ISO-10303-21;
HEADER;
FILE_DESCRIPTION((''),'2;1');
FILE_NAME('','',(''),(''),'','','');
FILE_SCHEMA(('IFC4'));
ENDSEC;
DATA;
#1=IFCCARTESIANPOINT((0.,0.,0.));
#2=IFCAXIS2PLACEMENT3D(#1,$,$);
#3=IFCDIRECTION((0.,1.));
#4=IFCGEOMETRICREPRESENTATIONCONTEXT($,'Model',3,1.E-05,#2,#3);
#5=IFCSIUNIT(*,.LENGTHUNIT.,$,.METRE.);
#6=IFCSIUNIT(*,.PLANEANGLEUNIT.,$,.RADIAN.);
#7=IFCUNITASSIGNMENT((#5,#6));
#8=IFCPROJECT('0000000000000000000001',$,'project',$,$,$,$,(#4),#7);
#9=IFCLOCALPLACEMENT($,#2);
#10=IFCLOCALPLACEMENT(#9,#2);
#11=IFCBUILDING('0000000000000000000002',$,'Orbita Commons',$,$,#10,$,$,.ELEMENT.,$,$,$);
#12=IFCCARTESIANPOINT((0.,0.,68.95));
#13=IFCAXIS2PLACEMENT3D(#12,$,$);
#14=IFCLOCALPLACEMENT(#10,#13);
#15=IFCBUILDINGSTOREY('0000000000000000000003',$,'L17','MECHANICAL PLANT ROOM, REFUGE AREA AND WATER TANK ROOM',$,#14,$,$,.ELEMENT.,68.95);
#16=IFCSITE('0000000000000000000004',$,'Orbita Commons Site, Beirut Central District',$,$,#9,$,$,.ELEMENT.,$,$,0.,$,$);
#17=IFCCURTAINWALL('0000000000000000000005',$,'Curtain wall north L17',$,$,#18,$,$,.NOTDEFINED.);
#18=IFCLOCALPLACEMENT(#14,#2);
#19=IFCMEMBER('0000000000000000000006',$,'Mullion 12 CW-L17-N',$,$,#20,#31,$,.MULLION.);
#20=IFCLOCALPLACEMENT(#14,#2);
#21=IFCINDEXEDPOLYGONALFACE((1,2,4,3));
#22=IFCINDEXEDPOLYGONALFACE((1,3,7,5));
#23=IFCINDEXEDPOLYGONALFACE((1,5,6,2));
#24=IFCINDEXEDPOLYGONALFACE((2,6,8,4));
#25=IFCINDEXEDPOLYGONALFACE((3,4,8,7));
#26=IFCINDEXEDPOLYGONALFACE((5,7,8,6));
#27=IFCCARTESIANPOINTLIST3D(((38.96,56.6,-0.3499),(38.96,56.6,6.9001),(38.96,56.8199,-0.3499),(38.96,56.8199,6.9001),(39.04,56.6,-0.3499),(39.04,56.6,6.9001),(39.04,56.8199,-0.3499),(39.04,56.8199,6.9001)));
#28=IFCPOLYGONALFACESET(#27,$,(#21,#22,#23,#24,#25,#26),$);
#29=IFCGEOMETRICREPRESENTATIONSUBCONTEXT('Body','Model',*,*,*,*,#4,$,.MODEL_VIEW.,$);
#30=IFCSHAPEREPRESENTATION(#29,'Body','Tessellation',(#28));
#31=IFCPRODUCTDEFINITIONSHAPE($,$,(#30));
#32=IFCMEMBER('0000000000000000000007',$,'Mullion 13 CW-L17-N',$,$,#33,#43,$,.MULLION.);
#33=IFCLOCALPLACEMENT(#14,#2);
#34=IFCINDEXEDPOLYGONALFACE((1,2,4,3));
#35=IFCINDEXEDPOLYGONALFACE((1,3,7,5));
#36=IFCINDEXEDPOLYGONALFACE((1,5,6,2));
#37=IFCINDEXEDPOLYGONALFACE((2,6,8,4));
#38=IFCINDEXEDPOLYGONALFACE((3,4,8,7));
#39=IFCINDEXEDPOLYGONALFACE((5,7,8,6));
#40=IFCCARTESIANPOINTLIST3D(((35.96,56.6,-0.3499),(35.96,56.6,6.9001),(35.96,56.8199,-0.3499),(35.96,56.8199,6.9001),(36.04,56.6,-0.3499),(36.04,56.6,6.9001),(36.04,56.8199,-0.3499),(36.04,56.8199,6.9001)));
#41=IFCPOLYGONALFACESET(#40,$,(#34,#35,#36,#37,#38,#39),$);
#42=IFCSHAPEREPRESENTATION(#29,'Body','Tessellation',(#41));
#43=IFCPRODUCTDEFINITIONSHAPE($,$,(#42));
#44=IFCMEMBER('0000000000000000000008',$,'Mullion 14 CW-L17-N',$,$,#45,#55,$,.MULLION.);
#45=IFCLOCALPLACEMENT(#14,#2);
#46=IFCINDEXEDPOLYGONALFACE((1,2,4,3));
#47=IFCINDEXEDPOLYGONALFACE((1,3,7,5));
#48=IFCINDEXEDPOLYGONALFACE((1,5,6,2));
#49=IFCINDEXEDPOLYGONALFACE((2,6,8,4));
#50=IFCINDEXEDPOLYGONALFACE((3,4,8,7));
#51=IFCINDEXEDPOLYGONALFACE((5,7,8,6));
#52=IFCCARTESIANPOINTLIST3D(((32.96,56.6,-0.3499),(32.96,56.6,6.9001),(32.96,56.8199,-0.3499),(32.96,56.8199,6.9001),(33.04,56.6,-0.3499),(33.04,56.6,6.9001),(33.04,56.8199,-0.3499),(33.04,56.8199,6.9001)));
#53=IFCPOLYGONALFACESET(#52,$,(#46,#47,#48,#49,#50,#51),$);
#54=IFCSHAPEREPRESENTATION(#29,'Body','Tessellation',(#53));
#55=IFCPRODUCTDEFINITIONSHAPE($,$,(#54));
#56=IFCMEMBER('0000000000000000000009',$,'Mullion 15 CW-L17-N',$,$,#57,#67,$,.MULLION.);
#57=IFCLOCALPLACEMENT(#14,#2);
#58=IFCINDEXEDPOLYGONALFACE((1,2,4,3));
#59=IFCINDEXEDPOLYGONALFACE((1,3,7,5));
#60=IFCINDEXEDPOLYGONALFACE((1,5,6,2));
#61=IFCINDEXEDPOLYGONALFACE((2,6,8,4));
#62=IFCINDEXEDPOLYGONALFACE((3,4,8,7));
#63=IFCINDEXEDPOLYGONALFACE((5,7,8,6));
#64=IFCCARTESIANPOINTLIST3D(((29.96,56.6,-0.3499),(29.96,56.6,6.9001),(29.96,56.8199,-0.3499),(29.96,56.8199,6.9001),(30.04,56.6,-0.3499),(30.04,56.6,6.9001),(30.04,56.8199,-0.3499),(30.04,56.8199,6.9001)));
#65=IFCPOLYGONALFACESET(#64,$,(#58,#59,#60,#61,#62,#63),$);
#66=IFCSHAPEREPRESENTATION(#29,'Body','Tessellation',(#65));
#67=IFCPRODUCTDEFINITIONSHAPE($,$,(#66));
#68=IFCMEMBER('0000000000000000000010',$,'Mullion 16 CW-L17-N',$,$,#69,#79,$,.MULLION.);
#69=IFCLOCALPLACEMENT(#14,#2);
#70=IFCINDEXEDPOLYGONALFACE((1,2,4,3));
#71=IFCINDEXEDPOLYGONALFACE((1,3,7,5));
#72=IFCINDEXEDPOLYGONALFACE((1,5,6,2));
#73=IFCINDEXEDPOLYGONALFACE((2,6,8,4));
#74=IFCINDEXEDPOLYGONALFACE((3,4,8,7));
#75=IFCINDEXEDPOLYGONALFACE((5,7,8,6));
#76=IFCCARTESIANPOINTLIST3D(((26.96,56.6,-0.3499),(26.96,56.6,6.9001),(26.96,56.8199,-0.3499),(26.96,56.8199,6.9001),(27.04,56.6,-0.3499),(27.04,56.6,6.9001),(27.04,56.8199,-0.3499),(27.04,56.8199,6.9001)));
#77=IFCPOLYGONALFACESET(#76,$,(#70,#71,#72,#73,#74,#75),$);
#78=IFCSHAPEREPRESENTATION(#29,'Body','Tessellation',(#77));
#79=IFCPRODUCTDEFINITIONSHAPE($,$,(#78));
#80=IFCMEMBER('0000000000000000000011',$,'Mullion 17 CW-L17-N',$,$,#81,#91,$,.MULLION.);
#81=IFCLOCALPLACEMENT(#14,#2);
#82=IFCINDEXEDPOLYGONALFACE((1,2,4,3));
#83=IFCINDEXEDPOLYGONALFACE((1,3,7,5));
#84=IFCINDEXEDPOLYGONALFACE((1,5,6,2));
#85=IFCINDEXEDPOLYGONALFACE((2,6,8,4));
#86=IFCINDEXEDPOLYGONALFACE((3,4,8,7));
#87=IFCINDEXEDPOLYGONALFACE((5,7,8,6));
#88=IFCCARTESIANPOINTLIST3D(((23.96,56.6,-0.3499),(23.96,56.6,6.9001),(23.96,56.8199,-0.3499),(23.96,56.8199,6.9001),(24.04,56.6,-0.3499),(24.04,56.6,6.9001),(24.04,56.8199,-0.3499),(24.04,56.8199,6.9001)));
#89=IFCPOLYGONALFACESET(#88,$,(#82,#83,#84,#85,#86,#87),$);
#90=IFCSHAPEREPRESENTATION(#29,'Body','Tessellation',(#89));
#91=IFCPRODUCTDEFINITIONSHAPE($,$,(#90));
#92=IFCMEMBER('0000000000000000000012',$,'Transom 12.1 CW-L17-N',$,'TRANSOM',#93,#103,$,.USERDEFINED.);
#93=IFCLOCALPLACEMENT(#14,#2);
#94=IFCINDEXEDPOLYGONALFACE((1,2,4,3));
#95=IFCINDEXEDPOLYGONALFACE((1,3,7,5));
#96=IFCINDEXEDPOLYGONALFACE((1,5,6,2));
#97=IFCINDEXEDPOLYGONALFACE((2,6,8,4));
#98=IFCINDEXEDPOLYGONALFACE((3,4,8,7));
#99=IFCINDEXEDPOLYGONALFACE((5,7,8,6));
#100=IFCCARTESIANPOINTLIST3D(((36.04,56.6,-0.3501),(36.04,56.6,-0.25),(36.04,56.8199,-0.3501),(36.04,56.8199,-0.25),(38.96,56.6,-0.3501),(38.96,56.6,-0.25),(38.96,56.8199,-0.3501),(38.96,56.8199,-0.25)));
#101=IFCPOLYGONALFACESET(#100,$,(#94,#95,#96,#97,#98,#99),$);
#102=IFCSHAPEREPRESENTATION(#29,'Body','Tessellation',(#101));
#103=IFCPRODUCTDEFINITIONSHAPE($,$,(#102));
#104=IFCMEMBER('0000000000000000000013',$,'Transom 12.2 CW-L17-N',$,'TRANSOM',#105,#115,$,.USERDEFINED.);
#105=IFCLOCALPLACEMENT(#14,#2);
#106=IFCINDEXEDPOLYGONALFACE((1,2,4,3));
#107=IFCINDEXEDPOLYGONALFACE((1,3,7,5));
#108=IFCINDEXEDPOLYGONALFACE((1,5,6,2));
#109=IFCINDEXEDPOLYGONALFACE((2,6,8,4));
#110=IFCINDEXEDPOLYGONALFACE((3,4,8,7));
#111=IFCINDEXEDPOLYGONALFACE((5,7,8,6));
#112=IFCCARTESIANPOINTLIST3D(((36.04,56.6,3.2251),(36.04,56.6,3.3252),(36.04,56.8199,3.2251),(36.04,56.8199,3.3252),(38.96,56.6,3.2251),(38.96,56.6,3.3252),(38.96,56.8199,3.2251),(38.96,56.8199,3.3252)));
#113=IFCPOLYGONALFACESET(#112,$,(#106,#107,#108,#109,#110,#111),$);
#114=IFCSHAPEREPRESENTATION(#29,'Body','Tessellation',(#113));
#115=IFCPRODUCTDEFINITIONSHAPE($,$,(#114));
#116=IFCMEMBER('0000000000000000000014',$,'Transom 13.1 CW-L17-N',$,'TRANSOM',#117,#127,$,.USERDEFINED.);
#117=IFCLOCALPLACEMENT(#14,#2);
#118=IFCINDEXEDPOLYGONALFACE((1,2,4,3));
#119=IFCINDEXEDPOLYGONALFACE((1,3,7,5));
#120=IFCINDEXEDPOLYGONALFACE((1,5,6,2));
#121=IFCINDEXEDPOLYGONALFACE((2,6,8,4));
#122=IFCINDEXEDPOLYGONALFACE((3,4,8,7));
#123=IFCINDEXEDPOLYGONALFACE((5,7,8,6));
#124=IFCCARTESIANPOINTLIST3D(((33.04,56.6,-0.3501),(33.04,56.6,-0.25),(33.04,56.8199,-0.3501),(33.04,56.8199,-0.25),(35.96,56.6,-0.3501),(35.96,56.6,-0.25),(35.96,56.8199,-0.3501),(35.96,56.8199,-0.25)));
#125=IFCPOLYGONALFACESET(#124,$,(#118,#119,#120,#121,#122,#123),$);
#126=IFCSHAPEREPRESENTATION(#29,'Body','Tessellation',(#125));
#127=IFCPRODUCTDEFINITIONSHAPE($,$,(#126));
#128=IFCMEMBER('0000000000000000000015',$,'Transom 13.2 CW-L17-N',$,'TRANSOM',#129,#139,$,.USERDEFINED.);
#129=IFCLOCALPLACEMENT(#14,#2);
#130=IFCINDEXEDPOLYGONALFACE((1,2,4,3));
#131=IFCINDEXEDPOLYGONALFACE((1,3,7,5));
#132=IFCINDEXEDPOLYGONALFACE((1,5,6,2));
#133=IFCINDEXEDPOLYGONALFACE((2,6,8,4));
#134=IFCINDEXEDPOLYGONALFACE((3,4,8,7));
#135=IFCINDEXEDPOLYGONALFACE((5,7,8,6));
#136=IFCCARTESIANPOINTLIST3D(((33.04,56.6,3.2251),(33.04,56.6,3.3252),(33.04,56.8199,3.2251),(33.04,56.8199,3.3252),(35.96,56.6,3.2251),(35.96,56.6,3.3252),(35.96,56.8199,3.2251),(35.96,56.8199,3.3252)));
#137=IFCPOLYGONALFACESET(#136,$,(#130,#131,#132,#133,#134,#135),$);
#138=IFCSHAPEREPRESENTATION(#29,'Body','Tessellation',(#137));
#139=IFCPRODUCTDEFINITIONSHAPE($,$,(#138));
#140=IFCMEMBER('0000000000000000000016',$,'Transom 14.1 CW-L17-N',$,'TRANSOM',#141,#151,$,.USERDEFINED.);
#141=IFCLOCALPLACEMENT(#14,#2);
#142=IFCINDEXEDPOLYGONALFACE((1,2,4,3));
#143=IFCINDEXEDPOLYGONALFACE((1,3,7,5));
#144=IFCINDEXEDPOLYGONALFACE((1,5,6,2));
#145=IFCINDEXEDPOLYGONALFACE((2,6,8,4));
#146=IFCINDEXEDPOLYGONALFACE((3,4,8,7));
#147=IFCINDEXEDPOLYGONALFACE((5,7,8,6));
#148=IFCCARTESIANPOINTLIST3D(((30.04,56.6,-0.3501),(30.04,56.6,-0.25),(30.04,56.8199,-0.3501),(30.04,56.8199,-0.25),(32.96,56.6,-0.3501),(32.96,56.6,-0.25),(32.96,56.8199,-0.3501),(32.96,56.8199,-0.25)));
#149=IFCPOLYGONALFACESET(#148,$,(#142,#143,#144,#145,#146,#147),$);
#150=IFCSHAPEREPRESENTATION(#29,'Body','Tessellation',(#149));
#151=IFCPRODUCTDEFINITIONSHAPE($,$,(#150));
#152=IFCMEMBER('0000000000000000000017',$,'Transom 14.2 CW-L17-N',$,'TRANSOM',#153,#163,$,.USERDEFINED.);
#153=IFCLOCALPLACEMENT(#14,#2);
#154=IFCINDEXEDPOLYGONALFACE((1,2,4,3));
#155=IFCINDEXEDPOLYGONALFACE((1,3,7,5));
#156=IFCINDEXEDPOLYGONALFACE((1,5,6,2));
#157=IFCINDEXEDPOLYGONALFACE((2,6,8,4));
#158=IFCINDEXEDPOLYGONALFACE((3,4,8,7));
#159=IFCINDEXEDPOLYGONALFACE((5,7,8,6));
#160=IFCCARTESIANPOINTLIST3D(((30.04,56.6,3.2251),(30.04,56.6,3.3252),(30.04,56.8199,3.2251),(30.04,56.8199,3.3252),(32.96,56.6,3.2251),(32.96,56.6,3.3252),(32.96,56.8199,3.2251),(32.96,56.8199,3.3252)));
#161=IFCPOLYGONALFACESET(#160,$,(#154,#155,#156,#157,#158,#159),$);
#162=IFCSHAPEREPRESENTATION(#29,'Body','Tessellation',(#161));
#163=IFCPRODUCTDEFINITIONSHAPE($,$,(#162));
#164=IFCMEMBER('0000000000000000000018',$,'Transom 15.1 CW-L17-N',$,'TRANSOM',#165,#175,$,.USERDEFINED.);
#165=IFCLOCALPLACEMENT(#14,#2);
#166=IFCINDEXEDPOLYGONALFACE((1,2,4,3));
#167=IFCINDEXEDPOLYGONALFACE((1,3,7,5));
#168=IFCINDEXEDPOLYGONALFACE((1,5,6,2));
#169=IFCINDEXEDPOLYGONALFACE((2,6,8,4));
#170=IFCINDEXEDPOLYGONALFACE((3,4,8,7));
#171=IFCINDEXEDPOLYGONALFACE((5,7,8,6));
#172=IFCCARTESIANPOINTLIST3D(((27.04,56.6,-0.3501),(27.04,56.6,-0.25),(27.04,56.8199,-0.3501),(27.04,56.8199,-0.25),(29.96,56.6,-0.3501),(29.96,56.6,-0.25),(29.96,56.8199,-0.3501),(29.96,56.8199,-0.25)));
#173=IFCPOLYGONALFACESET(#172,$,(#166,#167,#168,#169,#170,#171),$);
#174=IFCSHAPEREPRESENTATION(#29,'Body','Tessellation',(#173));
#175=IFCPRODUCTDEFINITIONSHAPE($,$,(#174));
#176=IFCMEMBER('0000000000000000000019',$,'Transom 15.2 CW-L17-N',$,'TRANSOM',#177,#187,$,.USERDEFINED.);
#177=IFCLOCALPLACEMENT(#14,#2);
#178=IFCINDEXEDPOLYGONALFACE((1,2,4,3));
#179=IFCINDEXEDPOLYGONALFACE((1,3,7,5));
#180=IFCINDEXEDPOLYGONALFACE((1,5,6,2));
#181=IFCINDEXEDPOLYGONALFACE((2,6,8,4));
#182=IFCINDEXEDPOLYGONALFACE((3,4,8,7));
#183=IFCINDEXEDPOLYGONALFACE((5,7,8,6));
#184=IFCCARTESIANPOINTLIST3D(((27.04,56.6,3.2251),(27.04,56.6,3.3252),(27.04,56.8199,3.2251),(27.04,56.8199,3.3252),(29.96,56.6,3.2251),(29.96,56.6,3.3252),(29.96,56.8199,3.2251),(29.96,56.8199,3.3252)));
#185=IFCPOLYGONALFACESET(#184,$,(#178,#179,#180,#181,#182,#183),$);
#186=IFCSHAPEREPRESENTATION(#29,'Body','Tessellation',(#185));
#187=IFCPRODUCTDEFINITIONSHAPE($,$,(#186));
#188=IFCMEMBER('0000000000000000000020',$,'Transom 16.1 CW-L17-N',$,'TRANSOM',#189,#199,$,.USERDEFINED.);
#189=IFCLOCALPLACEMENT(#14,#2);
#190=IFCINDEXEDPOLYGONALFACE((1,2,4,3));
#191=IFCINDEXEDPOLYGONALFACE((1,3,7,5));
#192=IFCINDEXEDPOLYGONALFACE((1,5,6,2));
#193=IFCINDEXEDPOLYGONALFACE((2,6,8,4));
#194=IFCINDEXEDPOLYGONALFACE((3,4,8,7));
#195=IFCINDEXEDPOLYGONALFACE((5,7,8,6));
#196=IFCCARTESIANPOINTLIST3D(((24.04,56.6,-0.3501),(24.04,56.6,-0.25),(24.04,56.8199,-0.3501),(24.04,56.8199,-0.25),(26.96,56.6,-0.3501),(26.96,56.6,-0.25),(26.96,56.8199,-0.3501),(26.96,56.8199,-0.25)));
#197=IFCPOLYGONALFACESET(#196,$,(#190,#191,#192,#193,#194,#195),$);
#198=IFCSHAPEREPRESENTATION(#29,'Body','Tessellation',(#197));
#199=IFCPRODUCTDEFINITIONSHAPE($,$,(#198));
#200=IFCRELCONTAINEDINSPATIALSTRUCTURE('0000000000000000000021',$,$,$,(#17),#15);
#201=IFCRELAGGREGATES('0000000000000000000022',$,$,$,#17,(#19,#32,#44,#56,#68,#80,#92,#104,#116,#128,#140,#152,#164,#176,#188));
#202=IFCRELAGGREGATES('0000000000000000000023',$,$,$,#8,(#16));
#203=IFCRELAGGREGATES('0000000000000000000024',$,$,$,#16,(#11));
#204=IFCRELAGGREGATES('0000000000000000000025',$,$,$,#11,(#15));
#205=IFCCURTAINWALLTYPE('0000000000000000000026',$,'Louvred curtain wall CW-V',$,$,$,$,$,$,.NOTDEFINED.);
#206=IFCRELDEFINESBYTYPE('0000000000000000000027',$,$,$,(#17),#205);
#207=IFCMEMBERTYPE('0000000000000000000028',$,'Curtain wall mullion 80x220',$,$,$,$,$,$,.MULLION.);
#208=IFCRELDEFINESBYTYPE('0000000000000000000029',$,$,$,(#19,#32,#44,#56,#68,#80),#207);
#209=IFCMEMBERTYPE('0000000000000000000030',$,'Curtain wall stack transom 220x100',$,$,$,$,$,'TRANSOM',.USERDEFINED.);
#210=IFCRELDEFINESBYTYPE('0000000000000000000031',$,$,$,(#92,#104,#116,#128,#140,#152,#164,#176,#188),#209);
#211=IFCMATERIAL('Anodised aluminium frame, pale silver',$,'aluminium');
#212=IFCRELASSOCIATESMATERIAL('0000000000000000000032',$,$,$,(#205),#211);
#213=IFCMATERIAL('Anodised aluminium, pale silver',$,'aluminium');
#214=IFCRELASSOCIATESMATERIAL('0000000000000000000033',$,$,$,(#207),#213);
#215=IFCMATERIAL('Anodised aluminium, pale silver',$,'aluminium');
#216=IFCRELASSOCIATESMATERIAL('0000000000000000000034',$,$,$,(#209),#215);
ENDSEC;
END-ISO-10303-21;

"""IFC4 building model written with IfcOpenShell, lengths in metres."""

from ifc_helpers import new_model, si_unit, direction, frame, origin, origin_2d, place, context, subcontext, project, spatial, rectangle, extrude, material, material_profile, profile_set, type_object, element, aggregate, save


model = new_model("IFC4")

# Units and contexts
model_context = context("Model", 3, precision=1e-05, world=origin(), true_north=direction((0.0, 1.0)))
body_context = subcontext(model_context, "Body", "Model", "MODEL_VIEW")
ifc_project = project(units=[si_unit("LENGTHUNIT", "METRE"), si_unit("PLANEANGLEUNIT", "RADIAN")], contexts=[model_context])

# Site, building, storey
site_placement = place(None, origin())
site = spatial("IfcSite", under=ifc_project, at=site_placement, Name="Orbita Commons Site, Beirut Central District", CompositionType="ELEMENT", RefElevation=0.0)
building_placement = place(site_placement, origin())
building = spatial("IfcBuilding", under=site, at=building_placement, Name="Orbita Commons", CompositionType="ELEMENT")
storey_placement = place(building_placement, frame((0.0, 0.0, 68.95)))
storey = spatial("IfcBuildingStorey", under=building, at=storey_placement, Name="L17", Description="MECHANICAL PLANT ROOM, REFUGE AREA AND WATER TANK ROOM", CompositionType="ELEMENT", Elevation=68.95)

# Curtain wall, members
ifc_material_1 = material(Name="Anodised aluminium frame, pale silver", Category="aluminium")
curtain_wall_type = type_object("IfcCurtainWallType", Name="Louvred curtain wall CW-V", PredefinedType="NOTDEFINED", material=ifc_material_1)
curtain_wall_placement = place(storey_placement, origin())
curtain_wall = element("IfcCurtainWall", 1, at=curtain_wall_placement, inside=storey, type_object=curtain_wall_type, Name="Curtain wall north L17", PredefinedType="NOTDEFINED")
ifc_material_2 = material(Name="Anodised aluminium, pale silver", Category="aluminium")
ifc_material_profile_1 = material_profile(ifc_material_2, rectangle(XDim=0.0801, YDim=0.22, at=origin_2d()), Name="AL 80x220")
ifc_profile_set_1 = profile_set([ifc_material_profile_1], Name="Anodised aluminium, pale silver")
member_type_1 = type_object("IfcMemberType", Name="Curtain wall mullion 80x220", PredefinedType="MULLION", material=ifc_profile_set_1)
member_1_placement = place(storey_placement, frame((39.0, 56.71, -0.3499), z_axis=(0.0, 0.0, 1.0), x_axis=(-1.0, 0.0, 0.0)))
member_1 = element("IfcMember", 2, at=member_1_placement, type_object=member_type_1, Name="Mullion 12 CW-L17-N", PredefinedType="MULLION", context=body_context, shape_type="SweptSolid", body=[
    extrude(rectangle(XDim=0.0801, YDim=0.22, at=origin_2d()), origin(), (0.0, 0.0, 1.0), 7.25),
])
member_2_placement = place(storey_placement, frame((36.0, 56.71, -0.3499), z_axis=(0.0, 0.0, 1.0), x_axis=(-1.0, 0.0, 0.0)))
member_2 = element("IfcMember", 3, at=member_2_placement, type_object=member_type_1, Name="Mullion 13 CW-L17-N", PredefinedType="MULLION", context=body_context, shape_type="SweptSolid", body=[
    extrude(rectangle(XDim=0.0801, YDim=0.22, at=origin_2d()), origin(), (0.0, 0.0, 1.0), 7.25),
])
member_3_placement = place(storey_placement, frame((33.0, 56.71, -0.3499), z_axis=(0.0, 0.0, 1.0), x_axis=(-1.0, 0.0, 0.0)))
member_3 = element("IfcMember", 4, at=member_3_placement, type_object=member_type_1, Name="Mullion 14 CW-L17-N", PredefinedType="MULLION", context=body_context, shape_type="SweptSolid", body=[
    extrude(rectangle(XDim=0.0801, YDim=0.22, at=origin_2d()), origin(), (0.0, 0.0, 1.0), 7.25),
])
member_4_placement = place(storey_placement, frame((30.0, 56.71, -0.3499), z_axis=(0.0, 0.0, 1.0), x_axis=(-1.0, 0.0, 0.0)))
member_4 = element("IfcMember", 5, at=member_4_placement, type_object=member_type_1, Name="Mullion 15 CW-L17-N", PredefinedType="MULLION", context=body_context, shape_type="SweptSolid", body=[
    extrude(rectangle(XDim=0.0801, YDim=0.22, at=origin_2d()), origin(), (0.0, 0.0, 1.0), 7.25),
])
member_5_placement = place(storey_placement, frame((27.0, 56.71, -0.3499), z_axis=(0.0, 0.0, 1.0), x_axis=(-1.0, 0.0, 0.0)))
member_5 = element("IfcMember", 6, at=member_5_placement, type_object=member_type_1, Name="Mullion 16 CW-L17-N", PredefinedType="MULLION", context=body_context, shape_type="SweptSolid", body=[
    extrude(rectangle(XDim=0.0801, YDim=0.22, at=origin_2d()), origin(), (0.0, 0.0, 1.0), 7.25),
])
member_6_placement = place(storey_placement, frame((24.0, 56.71, -0.3499), z_axis=(0.0, 0.0, 1.0), x_axis=(-1.0, 0.0, 0.0)))
member_6 = element("IfcMember", 7, at=member_6_placement, type_object=member_type_1, Name="Mullion 17 CW-L17-N", PredefinedType="MULLION", context=body_context, shape_type="SweptSolid", body=[
    extrude(rectangle(XDim=0.0801, YDim=0.22, at=origin_2d()), origin(), (0.0, 0.0, 1.0), 7.25),
])
ifc_material_3 = material(Name="Anodised aluminium, pale silver", Category="aluminium")
ifc_material_profile_2 = material_profile(ifc_material_3, rectangle(XDim=0.22, YDim=0.1001, at=origin_2d()), Name="AL 220x100")
ifc_profile_set_2 = profile_set([ifc_material_profile_2], Name="Anodised aluminium, pale silver")
member_type_2 = type_object("IfcMemberType", Name="Curtain wall stack transom 220x100", ElementType="TRANSOM", PredefinedType="USERDEFINED", material=ifc_profile_set_2)
member_7_placement = place(storey_placement, frame((38.96, 56.71, -0.3), z_axis=(-1.0, 0.0, 0.0), x_axis=(0.0, -1.0, 0.0)))
member_7 = element("IfcMember", 8, at=member_7_placement, type_object=member_type_2, Name="Transom 12.1 CW-L17-N", ObjectType="TRANSOM", PredefinedType="USERDEFINED", context=body_context, shape_type="SweptSolid", body=[
    extrude(rectangle(XDim=0.22, YDim=0.1001, at=origin_2d()), origin(), (0.0, 0.0, 1.0), 2.9199),
])
member_8_placement = place(storey_placement, frame((38.96, 56.71, 3.2751), z_axis=(-1.0, 0.0, 0.0), x_axis=(0.0, -1.0, 0.0)))
member_8 = element("IfcMember", 9, at=member_8_placement, type_object=member_type_2, Name="Transom 12.2 CW-L17-N", ObjectType="TRANSOM", PredefinedType="USERDEFINED", context=body_context, shape_type="SweptSolid", body=[
    extrude(rectangle(XDim=0.22, YDim=0.1001, at=origin_2d()), origin(), (0.0, 0.0, 1.0), 2.9199),
])
member_9_placement = place(storey_placement, frame((35.96, 56.71, -0.3), z_axis=(-1.0, 0.0, 0.0), x_axis=(0.0, -1.0, 0.0)))
member_9 = element("IfcMember", 10, at=member_9_placement, type_object=member_type_2, Name="Transom 13.1 CW-L17-N", ObjectType="TRANSOM", PredefinedType="USERDEFINED", context=body_context, shape_type="SweptSolid", body=[
    extrude(rectangle(XDim=0.22, YDim=0.1001, at=origin_2d()), origin(), (0.0, 0.0, 1.0), 2.9199),
])
member_10_placement = place(storey_placement, frame((35.96, 56.71, 3.2751), z_axis=(-1.0, 0.0, 0.0), x_axis=(0.0, -1.0, 0.0)))
member_10 = element("IfcMember", 11, at=member_10_placement, type_object=member_type_2, Name="Transom 13.2 CW-L17-N", ObjectType="TRANSOM", PredefinedType="USERDEFINED", context=body_context, shape_type="SweptSolid", body=[
    extrude(rectangle(XDim=0.22, YDim=0.1001, at=origin_2d()), origin(), (0.0, 0.0, 1.0), 2.9199),
])
member_11_placement = place(storey_placement, frame((32.96, 56.71, -0.3), z_axis=(-1.0, 0.0, 0.0), x_axis=(0.0, -1.0, 0.0)))
member_11 = element("IfcMember", 12, at=member_11_placement, type_object=member_type_2, Name="Transom 14.1 CW-L17-N", ObjectType="TRANSOM", PredefinedType="USERDEFINED", context=body_context, shape_type="SweptSolid", body=[
    extrude(rectangle(XDim=0.22, YDim=0.1001, at=origin_2d()), origin(), (0.0, 0.0, 1.0), 2.9199),
])
member_12_placement = place(storey_placement, frame((32.96, 56.71, 3.2751), z_axis=(-1.0, 0.0, 0.0), x_axis=(0.0, -1.0, 0.0)))
member_12 = element("IfcMember", 13, at=member_12_placement, type_object=member_type_2, Name="Transom 14.2 CW-L17-N", ObjectType="TRANSOM", PredefinedType="USERDEFINED", context=body_context, shape_type="SweptSolid", body=[
    extrude(rectangle(XDim=0.22, YDim=0.1001, at=origin_2d()), origin(), (0.0, 0.0, 1.0), 2.9199),
])
member_13_placement = place(storey_placement, frame((29.96, 56.71, -0.3), z_axis=(-1.0, 0.0, 0.0), x_axis=(0.0, -1.0, 0.0)))
member_13 = element("IfcMember", 14, at=member_13_placement, type_object=member_type_2, Name="Transom 15.1 CW-L17-N", ObjectType="TRANSOM", PredefinedType="USERDEFINED", context=body_context, shape_type="SweptSolid", body=[
    extrude(rectangle(XDim=0.22, YDim=0.1001, at=origin_2d()), origin(), (0.0, 0.0, 1.0), 2.9199),
])
member_14_placement = place(storey_placement, frame((29.96, 56.71, 3.2751), z_axis=(-1.0, 0.0, 0.0), x_axis=(0.0, -1.0, 0.0)))
member_14 = element("IfcMember", 15, at=member_14_placement, type_object=member_type_2, Name="Transom 15.2 CW-L17-N", ObjectType="TRANSOM", PredefinedType="USERDEFINED", context=body_context, shape_type="SweptSolid", body=[
    extrude(rectangle(XDim=0.22, YDim=0.1001, at=origin_2d()), origin(), (0.0, 0.0, 1.0), 2.9199),
])
member_15_placement = place(storey_placement, frame((26.96, 56.71, -0.3), z_axis=(-1.0, 0.0, 0.0), x_axis=(0.0, -1.0, 0.0)))
member_15 = element("IfcMember", 16, at=member_15_placement, type_object=member_type_2, Name="Transom 16.1 CW-L17-N", ObjectType="TRANSOM", PredefinedType="USERDEFINED", context=body_context, shape_type="SweptSolid", body=[
    extrude(rectangle(XDim=0.22, YDim=0.1001, at=origin_2d()), origin(), (0.0, 0.0, 1.0), 2.9199),
])
aggregate(curtain_wall, [member_1, member_2, member_3, member_4, member_5, member_6, member_7, member_8, member_9, member_10, member_11, member_12, member_13, member_14, member_15])

save(model, "model.ifc")
